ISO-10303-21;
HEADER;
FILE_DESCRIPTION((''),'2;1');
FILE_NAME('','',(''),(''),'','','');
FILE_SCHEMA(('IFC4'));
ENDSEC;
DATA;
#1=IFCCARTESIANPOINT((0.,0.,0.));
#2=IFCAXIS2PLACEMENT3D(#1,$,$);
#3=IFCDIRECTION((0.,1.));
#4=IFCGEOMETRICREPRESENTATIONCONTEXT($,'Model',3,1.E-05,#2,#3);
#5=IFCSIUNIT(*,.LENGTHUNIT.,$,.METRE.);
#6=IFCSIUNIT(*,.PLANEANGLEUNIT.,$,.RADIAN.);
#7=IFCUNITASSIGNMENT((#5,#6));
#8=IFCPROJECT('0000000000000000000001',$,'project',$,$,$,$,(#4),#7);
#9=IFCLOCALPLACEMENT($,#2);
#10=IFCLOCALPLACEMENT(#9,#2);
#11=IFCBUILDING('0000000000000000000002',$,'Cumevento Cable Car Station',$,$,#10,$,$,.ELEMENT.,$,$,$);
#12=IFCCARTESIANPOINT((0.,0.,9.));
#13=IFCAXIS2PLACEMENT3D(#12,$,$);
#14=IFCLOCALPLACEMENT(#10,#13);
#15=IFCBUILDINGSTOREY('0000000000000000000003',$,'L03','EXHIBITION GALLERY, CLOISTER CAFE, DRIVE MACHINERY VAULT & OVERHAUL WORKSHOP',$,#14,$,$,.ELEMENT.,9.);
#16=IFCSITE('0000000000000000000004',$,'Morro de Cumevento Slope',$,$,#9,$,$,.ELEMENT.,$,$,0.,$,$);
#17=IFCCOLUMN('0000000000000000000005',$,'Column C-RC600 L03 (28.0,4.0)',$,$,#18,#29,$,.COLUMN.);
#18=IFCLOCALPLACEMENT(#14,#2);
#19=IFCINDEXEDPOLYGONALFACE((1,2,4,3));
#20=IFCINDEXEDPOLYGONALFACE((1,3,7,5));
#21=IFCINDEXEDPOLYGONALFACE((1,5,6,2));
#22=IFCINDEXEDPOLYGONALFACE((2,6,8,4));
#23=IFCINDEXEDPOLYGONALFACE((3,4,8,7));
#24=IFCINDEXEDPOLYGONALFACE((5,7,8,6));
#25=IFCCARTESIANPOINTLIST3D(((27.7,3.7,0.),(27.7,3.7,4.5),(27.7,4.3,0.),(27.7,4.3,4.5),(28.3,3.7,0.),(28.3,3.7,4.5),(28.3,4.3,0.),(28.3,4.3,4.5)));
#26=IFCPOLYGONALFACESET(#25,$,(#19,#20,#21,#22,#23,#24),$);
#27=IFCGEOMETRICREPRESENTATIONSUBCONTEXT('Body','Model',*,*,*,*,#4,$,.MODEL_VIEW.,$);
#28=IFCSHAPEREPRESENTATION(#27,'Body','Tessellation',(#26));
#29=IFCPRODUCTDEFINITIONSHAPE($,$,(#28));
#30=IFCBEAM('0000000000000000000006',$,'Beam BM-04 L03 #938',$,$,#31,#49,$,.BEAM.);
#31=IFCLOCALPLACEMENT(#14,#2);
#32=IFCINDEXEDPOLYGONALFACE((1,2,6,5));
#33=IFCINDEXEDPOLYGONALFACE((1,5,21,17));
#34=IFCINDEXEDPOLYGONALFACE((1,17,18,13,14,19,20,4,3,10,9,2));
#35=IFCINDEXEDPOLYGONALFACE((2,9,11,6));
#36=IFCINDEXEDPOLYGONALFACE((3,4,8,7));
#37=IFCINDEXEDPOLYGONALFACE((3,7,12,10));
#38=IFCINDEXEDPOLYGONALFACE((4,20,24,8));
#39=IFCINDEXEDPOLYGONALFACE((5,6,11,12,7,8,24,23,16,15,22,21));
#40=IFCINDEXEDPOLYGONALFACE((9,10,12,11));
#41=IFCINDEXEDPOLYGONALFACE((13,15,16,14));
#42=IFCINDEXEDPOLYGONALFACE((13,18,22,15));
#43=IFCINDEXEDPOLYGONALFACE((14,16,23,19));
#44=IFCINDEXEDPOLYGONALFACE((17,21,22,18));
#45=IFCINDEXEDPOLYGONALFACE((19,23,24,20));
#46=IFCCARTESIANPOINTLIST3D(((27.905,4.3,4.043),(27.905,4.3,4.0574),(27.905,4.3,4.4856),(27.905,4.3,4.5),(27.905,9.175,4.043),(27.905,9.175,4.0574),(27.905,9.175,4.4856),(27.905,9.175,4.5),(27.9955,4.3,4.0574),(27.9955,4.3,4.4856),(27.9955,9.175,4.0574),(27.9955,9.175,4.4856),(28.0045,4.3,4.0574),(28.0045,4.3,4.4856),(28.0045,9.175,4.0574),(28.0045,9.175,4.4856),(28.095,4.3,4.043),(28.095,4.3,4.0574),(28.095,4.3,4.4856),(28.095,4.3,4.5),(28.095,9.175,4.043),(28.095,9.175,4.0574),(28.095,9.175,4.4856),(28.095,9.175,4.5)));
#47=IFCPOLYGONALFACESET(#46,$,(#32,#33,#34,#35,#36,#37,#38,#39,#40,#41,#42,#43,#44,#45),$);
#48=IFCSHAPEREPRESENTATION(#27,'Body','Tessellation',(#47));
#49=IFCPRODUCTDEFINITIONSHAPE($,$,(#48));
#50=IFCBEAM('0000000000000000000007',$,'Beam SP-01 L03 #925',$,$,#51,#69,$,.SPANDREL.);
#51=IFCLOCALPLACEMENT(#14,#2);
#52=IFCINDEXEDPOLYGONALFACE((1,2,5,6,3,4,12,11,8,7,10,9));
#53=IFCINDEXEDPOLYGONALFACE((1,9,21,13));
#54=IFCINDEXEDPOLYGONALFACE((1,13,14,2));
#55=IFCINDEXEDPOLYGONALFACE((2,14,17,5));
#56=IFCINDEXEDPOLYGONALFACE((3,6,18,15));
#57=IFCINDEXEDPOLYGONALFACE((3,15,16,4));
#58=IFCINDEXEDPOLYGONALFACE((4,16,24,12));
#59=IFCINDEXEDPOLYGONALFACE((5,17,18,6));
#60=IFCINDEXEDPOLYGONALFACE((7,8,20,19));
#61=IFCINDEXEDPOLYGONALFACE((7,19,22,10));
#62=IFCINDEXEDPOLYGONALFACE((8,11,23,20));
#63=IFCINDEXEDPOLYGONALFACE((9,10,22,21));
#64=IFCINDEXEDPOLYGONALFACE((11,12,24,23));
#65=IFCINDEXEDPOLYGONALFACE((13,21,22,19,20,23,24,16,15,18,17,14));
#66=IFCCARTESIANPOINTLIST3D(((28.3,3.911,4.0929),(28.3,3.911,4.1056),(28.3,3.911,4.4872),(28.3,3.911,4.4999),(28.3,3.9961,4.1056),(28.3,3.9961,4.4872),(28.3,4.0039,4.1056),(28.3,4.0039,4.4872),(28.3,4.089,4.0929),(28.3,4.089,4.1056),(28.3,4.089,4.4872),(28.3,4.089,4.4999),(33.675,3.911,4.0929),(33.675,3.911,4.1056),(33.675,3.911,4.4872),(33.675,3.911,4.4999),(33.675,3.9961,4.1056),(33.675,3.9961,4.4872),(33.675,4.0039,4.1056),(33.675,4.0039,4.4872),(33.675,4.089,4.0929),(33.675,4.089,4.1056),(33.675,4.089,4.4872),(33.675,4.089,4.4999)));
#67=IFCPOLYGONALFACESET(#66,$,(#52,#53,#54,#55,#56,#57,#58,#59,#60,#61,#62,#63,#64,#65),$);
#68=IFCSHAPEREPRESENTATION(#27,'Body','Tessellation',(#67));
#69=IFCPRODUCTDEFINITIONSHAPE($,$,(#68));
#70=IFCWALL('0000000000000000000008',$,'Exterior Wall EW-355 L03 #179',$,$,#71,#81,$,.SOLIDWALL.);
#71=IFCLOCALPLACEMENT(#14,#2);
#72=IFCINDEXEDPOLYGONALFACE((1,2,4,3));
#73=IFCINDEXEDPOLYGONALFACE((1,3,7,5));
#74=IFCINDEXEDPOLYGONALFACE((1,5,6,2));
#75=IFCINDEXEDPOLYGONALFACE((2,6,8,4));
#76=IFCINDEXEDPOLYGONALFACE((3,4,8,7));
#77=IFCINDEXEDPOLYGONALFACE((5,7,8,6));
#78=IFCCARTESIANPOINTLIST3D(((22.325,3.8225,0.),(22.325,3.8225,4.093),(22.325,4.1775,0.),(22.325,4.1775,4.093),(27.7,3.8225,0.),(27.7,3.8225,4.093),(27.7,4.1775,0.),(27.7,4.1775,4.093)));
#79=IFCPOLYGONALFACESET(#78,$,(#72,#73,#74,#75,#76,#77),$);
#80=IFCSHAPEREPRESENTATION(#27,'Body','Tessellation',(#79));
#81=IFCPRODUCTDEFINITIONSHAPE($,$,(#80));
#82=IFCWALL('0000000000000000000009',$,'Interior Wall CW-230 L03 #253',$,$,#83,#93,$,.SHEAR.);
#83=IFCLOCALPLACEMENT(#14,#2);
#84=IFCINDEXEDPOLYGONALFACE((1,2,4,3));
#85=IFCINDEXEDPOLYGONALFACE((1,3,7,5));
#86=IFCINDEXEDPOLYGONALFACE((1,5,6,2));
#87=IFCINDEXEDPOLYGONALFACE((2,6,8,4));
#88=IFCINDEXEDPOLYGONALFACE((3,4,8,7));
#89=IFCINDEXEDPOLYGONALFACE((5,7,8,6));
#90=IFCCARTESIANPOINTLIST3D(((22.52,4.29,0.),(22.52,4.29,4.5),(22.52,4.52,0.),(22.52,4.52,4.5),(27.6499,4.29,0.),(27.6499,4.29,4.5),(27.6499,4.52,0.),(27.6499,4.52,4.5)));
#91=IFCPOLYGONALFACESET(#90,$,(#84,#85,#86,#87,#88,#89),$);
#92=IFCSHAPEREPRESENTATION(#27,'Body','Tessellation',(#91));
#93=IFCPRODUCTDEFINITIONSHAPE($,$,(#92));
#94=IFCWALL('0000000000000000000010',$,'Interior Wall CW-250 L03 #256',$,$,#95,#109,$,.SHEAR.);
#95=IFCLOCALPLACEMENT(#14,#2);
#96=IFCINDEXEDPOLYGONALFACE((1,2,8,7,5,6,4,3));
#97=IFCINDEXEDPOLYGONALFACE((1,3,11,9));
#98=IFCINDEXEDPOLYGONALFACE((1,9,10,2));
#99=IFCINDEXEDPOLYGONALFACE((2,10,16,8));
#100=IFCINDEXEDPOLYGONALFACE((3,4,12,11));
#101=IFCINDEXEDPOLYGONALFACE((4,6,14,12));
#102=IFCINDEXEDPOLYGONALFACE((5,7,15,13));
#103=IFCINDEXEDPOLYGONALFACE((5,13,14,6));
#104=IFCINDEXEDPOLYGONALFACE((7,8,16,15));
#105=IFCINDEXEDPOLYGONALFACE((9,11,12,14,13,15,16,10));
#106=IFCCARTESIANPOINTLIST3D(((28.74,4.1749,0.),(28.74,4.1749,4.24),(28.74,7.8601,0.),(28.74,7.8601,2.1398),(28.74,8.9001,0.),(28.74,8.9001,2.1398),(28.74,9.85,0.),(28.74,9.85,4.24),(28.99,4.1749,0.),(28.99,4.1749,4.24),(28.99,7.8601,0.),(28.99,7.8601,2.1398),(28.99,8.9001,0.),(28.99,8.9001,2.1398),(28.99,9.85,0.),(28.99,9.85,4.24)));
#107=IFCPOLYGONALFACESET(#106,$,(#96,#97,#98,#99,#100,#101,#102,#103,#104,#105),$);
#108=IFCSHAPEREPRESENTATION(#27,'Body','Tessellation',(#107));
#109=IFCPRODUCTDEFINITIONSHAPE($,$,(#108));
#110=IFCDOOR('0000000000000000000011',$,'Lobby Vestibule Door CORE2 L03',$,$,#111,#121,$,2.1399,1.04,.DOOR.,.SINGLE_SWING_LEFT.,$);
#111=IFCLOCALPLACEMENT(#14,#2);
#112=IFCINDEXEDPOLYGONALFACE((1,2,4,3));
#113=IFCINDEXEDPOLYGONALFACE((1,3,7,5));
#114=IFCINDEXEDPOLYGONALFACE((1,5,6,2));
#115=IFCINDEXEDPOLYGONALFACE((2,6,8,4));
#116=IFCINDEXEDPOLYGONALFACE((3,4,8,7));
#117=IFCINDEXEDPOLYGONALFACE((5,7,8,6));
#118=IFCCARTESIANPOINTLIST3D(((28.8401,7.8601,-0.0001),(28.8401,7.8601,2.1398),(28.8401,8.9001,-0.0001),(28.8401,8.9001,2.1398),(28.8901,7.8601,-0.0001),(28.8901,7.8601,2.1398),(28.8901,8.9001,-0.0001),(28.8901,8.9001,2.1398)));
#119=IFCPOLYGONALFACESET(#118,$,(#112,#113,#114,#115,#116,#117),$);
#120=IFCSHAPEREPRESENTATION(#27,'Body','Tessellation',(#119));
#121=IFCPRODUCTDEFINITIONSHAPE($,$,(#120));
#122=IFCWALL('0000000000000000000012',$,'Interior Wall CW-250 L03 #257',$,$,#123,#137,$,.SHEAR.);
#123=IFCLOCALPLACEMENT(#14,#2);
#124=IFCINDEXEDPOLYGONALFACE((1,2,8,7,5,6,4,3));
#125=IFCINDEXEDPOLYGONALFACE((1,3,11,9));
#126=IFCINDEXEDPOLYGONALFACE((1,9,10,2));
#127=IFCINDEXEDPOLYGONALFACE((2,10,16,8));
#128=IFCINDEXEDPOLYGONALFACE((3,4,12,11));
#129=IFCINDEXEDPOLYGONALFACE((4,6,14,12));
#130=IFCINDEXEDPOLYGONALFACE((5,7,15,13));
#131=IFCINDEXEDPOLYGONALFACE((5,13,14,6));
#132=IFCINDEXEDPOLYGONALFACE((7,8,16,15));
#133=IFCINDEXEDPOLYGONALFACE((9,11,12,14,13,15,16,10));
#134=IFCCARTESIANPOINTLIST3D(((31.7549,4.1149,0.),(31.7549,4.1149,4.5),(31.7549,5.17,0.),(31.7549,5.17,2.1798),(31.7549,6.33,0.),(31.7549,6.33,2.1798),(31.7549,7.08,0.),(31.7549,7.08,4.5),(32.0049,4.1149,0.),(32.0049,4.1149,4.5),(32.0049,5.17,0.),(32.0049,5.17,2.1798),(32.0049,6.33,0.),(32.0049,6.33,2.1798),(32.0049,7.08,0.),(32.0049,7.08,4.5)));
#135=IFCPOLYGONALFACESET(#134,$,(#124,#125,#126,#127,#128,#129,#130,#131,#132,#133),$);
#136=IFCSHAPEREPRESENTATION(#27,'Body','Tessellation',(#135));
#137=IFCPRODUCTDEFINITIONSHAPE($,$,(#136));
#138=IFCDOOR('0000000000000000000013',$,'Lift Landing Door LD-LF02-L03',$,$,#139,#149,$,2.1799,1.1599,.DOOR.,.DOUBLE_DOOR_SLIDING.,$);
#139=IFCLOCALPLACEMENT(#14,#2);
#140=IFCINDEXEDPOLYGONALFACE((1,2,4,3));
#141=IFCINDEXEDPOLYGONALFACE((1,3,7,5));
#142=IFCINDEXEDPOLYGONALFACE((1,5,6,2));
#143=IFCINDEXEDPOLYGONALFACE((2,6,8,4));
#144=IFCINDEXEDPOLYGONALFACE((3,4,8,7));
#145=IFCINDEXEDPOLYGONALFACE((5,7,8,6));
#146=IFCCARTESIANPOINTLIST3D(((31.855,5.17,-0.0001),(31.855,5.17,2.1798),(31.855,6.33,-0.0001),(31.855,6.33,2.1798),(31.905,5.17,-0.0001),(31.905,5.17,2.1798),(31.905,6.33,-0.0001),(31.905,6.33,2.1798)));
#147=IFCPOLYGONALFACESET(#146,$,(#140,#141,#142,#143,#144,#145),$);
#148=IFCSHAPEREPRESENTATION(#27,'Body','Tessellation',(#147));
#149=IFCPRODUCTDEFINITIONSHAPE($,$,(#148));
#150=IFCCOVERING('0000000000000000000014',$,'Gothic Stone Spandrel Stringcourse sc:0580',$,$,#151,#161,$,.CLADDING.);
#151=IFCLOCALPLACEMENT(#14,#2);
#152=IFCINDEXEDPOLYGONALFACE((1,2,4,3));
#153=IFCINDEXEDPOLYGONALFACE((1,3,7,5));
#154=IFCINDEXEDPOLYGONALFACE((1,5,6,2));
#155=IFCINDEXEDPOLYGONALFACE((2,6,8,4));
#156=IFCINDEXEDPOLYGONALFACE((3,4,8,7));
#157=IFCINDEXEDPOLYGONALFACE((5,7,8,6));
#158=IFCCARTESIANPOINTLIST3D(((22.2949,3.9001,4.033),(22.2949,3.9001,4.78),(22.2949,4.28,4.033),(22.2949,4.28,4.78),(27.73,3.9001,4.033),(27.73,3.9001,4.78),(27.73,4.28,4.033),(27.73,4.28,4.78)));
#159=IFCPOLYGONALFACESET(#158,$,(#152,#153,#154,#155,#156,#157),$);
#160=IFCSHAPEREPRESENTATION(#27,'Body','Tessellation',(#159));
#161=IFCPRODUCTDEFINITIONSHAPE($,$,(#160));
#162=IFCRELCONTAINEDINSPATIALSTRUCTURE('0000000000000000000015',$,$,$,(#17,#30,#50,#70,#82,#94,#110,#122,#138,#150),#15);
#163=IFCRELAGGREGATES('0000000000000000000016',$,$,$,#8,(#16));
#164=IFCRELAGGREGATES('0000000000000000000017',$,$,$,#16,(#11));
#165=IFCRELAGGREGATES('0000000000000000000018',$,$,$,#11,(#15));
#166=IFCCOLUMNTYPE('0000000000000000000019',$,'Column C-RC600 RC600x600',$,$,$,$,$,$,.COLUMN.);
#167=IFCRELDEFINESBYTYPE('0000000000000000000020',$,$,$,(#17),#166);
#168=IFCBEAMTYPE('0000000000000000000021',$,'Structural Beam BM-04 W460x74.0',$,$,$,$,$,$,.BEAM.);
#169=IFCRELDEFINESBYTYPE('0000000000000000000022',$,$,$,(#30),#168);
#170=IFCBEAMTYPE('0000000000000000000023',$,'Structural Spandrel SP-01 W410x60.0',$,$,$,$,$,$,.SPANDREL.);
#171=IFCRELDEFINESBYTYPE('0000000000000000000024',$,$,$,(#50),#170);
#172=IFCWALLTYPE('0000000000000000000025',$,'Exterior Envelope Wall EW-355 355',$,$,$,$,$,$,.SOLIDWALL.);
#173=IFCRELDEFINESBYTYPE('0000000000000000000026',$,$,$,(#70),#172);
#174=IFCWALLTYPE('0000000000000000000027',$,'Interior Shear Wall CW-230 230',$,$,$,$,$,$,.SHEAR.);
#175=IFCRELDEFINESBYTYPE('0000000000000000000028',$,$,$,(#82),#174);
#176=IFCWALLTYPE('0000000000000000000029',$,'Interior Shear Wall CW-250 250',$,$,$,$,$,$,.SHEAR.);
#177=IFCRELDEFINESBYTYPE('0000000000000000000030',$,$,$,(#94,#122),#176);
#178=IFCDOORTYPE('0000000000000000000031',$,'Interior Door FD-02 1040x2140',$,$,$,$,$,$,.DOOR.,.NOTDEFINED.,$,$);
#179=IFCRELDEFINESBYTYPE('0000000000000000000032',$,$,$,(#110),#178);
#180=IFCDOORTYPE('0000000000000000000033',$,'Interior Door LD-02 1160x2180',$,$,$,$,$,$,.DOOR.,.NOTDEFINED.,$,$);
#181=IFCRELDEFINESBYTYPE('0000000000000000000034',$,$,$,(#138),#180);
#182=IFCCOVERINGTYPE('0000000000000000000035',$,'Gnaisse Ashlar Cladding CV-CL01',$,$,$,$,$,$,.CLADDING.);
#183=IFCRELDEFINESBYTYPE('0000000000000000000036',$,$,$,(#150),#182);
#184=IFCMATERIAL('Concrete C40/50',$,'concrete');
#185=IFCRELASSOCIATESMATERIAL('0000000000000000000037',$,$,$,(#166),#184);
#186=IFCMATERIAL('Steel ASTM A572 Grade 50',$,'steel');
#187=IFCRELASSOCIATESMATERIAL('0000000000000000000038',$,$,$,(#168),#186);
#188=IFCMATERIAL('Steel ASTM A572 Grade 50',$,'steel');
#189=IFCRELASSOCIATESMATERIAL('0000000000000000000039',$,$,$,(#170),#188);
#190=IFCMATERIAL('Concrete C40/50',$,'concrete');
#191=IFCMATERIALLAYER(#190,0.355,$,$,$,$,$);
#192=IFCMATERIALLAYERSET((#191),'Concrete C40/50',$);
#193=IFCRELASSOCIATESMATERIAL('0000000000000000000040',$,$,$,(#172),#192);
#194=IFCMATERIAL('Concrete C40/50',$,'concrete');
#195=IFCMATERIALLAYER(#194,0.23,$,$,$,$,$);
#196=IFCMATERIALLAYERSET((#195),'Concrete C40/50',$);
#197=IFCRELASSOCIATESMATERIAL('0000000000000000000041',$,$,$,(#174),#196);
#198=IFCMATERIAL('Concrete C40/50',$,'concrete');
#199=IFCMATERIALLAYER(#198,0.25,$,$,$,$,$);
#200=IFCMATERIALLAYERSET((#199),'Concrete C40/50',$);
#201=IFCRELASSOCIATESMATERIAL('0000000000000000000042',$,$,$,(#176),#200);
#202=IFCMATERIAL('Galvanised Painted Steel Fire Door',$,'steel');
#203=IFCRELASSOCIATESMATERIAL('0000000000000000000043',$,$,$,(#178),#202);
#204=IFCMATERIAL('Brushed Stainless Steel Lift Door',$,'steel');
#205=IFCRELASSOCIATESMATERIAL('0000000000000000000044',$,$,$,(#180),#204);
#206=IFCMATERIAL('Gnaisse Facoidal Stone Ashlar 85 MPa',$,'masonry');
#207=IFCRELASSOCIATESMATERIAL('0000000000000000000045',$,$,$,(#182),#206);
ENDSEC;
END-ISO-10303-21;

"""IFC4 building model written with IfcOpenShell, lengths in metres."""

from ifc_helpers import new_model, si_unit, direction, frame, frame_2d, origin, origin_2d, place, context, subcontext, project, spatial, rectangle, i_section, extrude, material, layer, layer_set, material_profile, profile_set, type_object, element, fill, save


model = new_model("IFC4")

# Units and contexts
model_context = context("Model", 3, precision=1e-05, world=origin(), true_north=direction((0.0, 1.0)))
body_context = subcontext(model_context, "Body", "Model", "MODEL_VIEW")
ifc_project = project(units=[si_unit("LENGTHUNIT", "METRE"), si_unit("PLANEANGLEUNIT", "RADIAN")], contexts=[model_context])

# Site, building, storey
site_placement = place(None, origin())
site = spatial("IfcSite", under=ifc_project, at=site_placement, Name="Morro de Cumevento Slope", CompositionType="ELEMENT", RefElevation=0.0)
building_placement = place(site_placement, origin())
building = spatial("IfcBuilding", under=site, at=building_placement, Name="Cumevento Cable Car Station", CompositionType="ELEMENT")
storey_placement = place(building_placement, frame((0.0, 0.0, 9.0)))
storey = spatial("IfcBuildingStorey", under=building, at=storey_placement, Name="L03", Description="EXHIBITION GALLERY, CLOISTER CAFE, DRIVE MACHINERY VAULT & OVERHAUL WORKSHOP", CompositionType="ELEMENT", Elevation=9.0)

# Column
ifc_material_1 = material(Name="Concrete C40/50", Category="concrete")
ifc_material_profile_1 = material_profile(ifc_material_1, rectangle(XDim=0.6001, YDim=0.6001, at=origin_2d()), Name="RC600x600")
ifc_profile_set_1 = profile_set([ifc_material_profile_1], Name="Concrete C40/50")
column_type = type_object("IfcColumnType", Name="Column C-RC600 RC600x600", PredefinedType="COLUMN", material=ifc_profile_set_1)
column_placement = place(storey_placement, frame((28.0, 4.0, 0.0), z_axis=(0.0, 0.0, 1.0), x_axis=(1.0, 0.0, 0.0)))
element("IfcColumn", 1, at=column_placement, inside=storey, type_object=column_type, Name="Column C-RC600 L03 (28.0,4.0)", PredefinedType="COLUMN", context=body_context, shape_type="SweptSolid", body=[
    extrude(rectangle(XDim=0.6001, YDim=0.6001, at=origin_2d()), origin(), (0.0, 0.0, 1.0), 4.5),
])

# Beams
ifc_material_2 = material(Name="Steel ASTM A572 Grade 50", Category="steel")
ifc_material_profile_2 = material_profile(ifc_material_2, i_section(OverallWidth=0.1899, OverallDepth=0.457, WebThickness=0.009, FlangeThickness=0.0144, at=origin_2d()), Name="W460x74.0")
ifc_profile_set_2 = profile_set([ifc_material_profile_2], Name="Steel ASTM A572 Grade 50")
beam_type_1 = type_object("IfcBeamType", Name="Structural Beam BM-04 W460x74.0", PredefinedType="BEAM", material=ifc_profile_set_2)
beam_1_placement = place(storey_placement, frame((28.0, 4.3, 4.2715), z_axis=(0.0, 1.0, 0.0), x_axis=(-1.0, 0.0, 0.0)))
element("IfcBeam", 2, at=beam_1_placement, inside=storey, type_object=beam_type_1, Name="Beam BM-04 L03 #938", PredefinedType="BEAM", context=body_context, shape_type="SweptSolid", body=[
    extrude(i_section(OverallWidth=0.1899, OverallDepth=0.457, WebThickness=0.009, FlangeThickness=0.0144, at=origin_2d()), origin(), (0.0, 0.0, 1.0), 4.875),
])
ifc_material_3 = material(Name="Steel ASTM A572 Grade 50", Category="steel")
ifc_material_profile_3 = material_profile(ifc_material_3, i_section(OverallWidth=0.178, OverallDepth=0.407, WebThickness=0.0078, FlangeThickness=0.0127, at=origin_2d()), Name="W410x60.0")
ifc_profile_set_3 = profile_set([ifc_material_profile_3], Name="Steel ASTM A572 Grade 50")
beam_type_2 = type_object("IfcBeamType", Name="Structural Spandrel SP-01 W410x60.0", PredefinedType="SPANDREL", material=ifc_profile_set_3)
beam_2_placement = place(storey_placement, frame((28.3, 4.0, 4.2964), z_axis=(1.0, 0.0, 0.0), x_axis=(0.0, 1.0, 0.0)))
element("IfcBeam", 3, at=beam_2_placement, inside=storey, type_object=beam_type_2, Name="Beam SP-01 L03 #925", PredefinedType="SPANDREL", context=body_context, shape_type="SweptSolid", body=[
    extrude(i_section(OverallWidth=0.178, OverallDepth=0.407, WebThickness=0.0078, FlangeThickness=0.0127, at=origin_2d()), origin(), (0.0, 0.0, 1.0), 5.375),
])

# Walls
ifc_material_4 = material(Name="Concrete C40/50", Category="concrete")
ifc_layer_1 = layer(ifc_material_4, 0.355)
ifc_layer_set_1 = layer_set([ifc_layer_1], Name="Concrete C40/50")
wall_type_1 = type_object("IfcWallType", Name="Exterior Envelope Wall EW-355 355", PredefinedType="SOLIDWALL", material=ifc_layer_set_1)
wall_1_placement = place(storey_placement, frame((27.7, 4.0, 0.0), z_axis=(0.0, 0.0, 1.0), x_axis=(-1.0, 0.0, 0.0)))
element("IfcWall", 4, at=wall_1_placement, inside=storey, type_object=wall_type_1, Name="Exterior Wall EW-355 L03 #179", PredefinedType="SOLIDWALL", context=body_context, shape_type="SweptSolid", body=[
    extrude(rectangle(XDim=5.375, YDim=0.355, at=frame_2d((2.6875, 0.0))), origin(), (0.0, 0.0, 1.0), 4.093),
])
ifc_material_5 = material(Name="Concrete C40/50", Category="concrete")
ifc_layer_2 = layer(ifc_material_5, 0.23)
ifc_layer_set_2 = layer_set([ifc_layer_2], Name="Concrete C40/50")
wall_type_2 = type_object("IfcWallType", Name="Interior Shear Wall CW-230 230", PredefinedType="SHEAR", material=ifc_layer_set_2)
wall_2_placement = place(storey_placement, frame((22.52, 4.405, 0.0), z_axis=(0.0, 0.0, 1.0), x_axis=(1.0, 0.0, 0.0)))
element("IfcWall", 5, at=wall_2_placement, inside=storey, type_object=wall_type_2, Name="Interior Wall CW-230 L03 #253", PredefinedType="SHEAR", context=body_context, shape_type="SweptSolid", body=[
    extrude(rectangle(XDim=5.1299, YDim=0.23, at=frame_2d((2.5649, 0.0))), origin(), (0.0, 0.0, 1.0), 4.5),
])

# Walls, openings, doors
ifc_material_6 = material(Name="Concrete C40/50", Category="concrete")
ifc_layer_3 = layer(ifc_material_6, 0.25)
ifc_layer_set_3 = layer_set([ifc_layer_3], Name="Concrete C40/50")
wall_type_3 = type_object("IfcWallType", Name="Interior Shear Wall CW-250 250", PredefinedType="SHEAR", material=ifc_layer_set_3)
wall_3_placement = place(storey_placement, frame((28.865, 4.175, 0.0), z_axis=(0.0, 0.0, 1.0), x_axis=(0.0, 1.0, 0.0)))
wall_3 = element("IfcWall", 6, at=wall_3_placement, inside=storey, type_object=wall_type_3, Name="Interior Wall CW-250 L03 #256", PredefinedType="SHEAR", context=body_context, shape_type="SweptSolid", body=[
    extrude(rectangle(XDim=5.675, YDim=0.25, at=frame_2d((2.8374, 0.0))), origin(), (0.0, 0.0, 1.0), 4.24),
])
opening_1_placement = place(wall_3_placement, frame((3.6851, 0.0, 0.0)))
opening_1 = element("IfcOpeningElement", 7, at=opening_1_placement, cuts=wall_3, PredefinedType="OPENING", context=body_context, shape_type="SweptSolid", body=[
    extrude(rectangle(XDim=1.04, YDim=2.1399, at=frame_2d((0.52, 1.0698))), frame((0.0, 0.135, 0.0), z_axis=(0.0, -1.0, 0.0), x_axis=(1.0, 0.0, 0.0)), (0.0, 0.0, 1.0), 0.27),
])
ifc_material_7 = material(Name="Galvanised Painted Steel Fire Door", Category="steel")
door_type_1 = type_object("IfcDoorType", Name="Interior Door FD-02 1040x2140", OperationType="NOTDEFINED", PredefinedType="DOOR", material=ifc_material_7)
door_1_placement = place(opening_1_placement, origin())
door_1 = element("IfcDoor", 8, at=door_1_placement, inside=storey, type_object=door_type_1, Name="Lobby Vestibule Door CORE2 L03", OperationType="SINGLE_SWING_LEFT", OverallHeight=2.1399, OverallWidth=1.04, PredefinedType="DOOR", context=body_context, shape_type="SweptSolid", body=[
    extrude(rectangle(XDim=1.04, YDim=2.1399, at=frame_2d((0.52, 1.0698))), frame((0.0, 0.0249, 0.0), z_axis=(0.0, -1.0, 0.0), x_axis=(1.0, 0.0, 0.0)), (0.0, 0.0, 1.0), 0.05),
])
fill(opening_1, door_1)
wall_4_placement = place(storey_placement, frame((31.8799, 4.115, 0.0), z_axis=(0.0, 0.0, 1.0), x_axis=(0.0, 1.0, 0.0)))
wall_4 = element("IfcWall", 9, at=wall_4_placement, inside=storey, type_object=wall_type_3, Name="Interior Wall CW-250 L03 #257", PredefinedType="SHEAR", context=body_context, shape_type="SweptSolid", body=[
    extrude(rectangle(XDim=2.9651, YDim=0.25, at=frame_2d((1.4824, 0.0))), origin(), (0.0, 0.0, 1.0), 4.5),
])
opening_2_placement = place(wall_4_placement, frame((1.0549, 0.0, 0.0)))
opening_2 = element("IfcOpeningElement", 10, at=opening_2_placement, cuts=wall_4, PredefinedType="OPENING", context=body_context, shape_type="SweptSolid", body=[
    extrude(rectangle(XDim=1.1599, YDim=2.1799, at=frame_2d((0.5801, 1.0898))), frame((0.0, 0.135, 0.0), z_axis=(0.0, -1.0, 0.0), x_axis=(1.0, 0.0, 0.0)), (0.0, 0.0, 1.0), 0.27),
])
ifc_material_8 = material(Name="Brushed Stainless Steel Lift Door", Category="steel")
door_type_2 = type_object("IfcDoorType", Name="Interior Door LD-02 1160x2180", OperationType="NOTDEFINED", PredefinedType="DOOR", material=ifc_material_8)
door_2_placement = place(opening_2_placement, origin())
door_2 = element("IfcDoor", 11, at=door_2_placement, inside=storey, type_object=door_type_2, Name="Lift Landing Door LD-LF02-L03", OperationType="DOUBLE_DOOR_SLIDING", OverallHeight=2.1799, OverallWidth=1.1599, PredefinedType="DOOR", context=body_context, shape_type="SweptSolid", body=[
    extrude(rectangle(XDim=1.1599, YDim=2.1799, at=frame_2d((0.5801, 1.0898))), frame((0.0, 0.0249, 0.0), z_axis=(0.0, -1.0, 0.0), x_axis=(1.0, 0.0, 0.0)), (0.0, 0.0, 1.0), 0.05),
])
fill(opening_2, door_2)

# Covering
ifc_material_9 = material(Name="Gnaisse Facoidal Stone Ashlar 85 MPa", Category="masonry")
covering_type = type_object("IfcCoveringType", Name="Gnaisse Ashlar Cladding CV-CL01", PredefinedType="CLADDING", material=ifc_material_9)
covering_1_placement = place(storey_placement, frame((25.0125, 4.0901, 4.033), z_axis=(0.0, 0.0, 1.0), x_axis=(-1.0, 0.0, 0.0)))
element("IfcCovering", 12, at=covering_1_placement, inside=storey, type_object=covering_type, Name="Gothic Stone Spandrel Stringcourse sc:0580", PredefinedType="CLADDING", context=body_context, shape_type="SweptSolid", body=[
    extrude(rectangle(XDim=5.4351, YDim=0.3799, at=origin_2d()), origin(), (0.0, 0.0, 1.0), 0.7471),
])

save(model, "model.ifc")
